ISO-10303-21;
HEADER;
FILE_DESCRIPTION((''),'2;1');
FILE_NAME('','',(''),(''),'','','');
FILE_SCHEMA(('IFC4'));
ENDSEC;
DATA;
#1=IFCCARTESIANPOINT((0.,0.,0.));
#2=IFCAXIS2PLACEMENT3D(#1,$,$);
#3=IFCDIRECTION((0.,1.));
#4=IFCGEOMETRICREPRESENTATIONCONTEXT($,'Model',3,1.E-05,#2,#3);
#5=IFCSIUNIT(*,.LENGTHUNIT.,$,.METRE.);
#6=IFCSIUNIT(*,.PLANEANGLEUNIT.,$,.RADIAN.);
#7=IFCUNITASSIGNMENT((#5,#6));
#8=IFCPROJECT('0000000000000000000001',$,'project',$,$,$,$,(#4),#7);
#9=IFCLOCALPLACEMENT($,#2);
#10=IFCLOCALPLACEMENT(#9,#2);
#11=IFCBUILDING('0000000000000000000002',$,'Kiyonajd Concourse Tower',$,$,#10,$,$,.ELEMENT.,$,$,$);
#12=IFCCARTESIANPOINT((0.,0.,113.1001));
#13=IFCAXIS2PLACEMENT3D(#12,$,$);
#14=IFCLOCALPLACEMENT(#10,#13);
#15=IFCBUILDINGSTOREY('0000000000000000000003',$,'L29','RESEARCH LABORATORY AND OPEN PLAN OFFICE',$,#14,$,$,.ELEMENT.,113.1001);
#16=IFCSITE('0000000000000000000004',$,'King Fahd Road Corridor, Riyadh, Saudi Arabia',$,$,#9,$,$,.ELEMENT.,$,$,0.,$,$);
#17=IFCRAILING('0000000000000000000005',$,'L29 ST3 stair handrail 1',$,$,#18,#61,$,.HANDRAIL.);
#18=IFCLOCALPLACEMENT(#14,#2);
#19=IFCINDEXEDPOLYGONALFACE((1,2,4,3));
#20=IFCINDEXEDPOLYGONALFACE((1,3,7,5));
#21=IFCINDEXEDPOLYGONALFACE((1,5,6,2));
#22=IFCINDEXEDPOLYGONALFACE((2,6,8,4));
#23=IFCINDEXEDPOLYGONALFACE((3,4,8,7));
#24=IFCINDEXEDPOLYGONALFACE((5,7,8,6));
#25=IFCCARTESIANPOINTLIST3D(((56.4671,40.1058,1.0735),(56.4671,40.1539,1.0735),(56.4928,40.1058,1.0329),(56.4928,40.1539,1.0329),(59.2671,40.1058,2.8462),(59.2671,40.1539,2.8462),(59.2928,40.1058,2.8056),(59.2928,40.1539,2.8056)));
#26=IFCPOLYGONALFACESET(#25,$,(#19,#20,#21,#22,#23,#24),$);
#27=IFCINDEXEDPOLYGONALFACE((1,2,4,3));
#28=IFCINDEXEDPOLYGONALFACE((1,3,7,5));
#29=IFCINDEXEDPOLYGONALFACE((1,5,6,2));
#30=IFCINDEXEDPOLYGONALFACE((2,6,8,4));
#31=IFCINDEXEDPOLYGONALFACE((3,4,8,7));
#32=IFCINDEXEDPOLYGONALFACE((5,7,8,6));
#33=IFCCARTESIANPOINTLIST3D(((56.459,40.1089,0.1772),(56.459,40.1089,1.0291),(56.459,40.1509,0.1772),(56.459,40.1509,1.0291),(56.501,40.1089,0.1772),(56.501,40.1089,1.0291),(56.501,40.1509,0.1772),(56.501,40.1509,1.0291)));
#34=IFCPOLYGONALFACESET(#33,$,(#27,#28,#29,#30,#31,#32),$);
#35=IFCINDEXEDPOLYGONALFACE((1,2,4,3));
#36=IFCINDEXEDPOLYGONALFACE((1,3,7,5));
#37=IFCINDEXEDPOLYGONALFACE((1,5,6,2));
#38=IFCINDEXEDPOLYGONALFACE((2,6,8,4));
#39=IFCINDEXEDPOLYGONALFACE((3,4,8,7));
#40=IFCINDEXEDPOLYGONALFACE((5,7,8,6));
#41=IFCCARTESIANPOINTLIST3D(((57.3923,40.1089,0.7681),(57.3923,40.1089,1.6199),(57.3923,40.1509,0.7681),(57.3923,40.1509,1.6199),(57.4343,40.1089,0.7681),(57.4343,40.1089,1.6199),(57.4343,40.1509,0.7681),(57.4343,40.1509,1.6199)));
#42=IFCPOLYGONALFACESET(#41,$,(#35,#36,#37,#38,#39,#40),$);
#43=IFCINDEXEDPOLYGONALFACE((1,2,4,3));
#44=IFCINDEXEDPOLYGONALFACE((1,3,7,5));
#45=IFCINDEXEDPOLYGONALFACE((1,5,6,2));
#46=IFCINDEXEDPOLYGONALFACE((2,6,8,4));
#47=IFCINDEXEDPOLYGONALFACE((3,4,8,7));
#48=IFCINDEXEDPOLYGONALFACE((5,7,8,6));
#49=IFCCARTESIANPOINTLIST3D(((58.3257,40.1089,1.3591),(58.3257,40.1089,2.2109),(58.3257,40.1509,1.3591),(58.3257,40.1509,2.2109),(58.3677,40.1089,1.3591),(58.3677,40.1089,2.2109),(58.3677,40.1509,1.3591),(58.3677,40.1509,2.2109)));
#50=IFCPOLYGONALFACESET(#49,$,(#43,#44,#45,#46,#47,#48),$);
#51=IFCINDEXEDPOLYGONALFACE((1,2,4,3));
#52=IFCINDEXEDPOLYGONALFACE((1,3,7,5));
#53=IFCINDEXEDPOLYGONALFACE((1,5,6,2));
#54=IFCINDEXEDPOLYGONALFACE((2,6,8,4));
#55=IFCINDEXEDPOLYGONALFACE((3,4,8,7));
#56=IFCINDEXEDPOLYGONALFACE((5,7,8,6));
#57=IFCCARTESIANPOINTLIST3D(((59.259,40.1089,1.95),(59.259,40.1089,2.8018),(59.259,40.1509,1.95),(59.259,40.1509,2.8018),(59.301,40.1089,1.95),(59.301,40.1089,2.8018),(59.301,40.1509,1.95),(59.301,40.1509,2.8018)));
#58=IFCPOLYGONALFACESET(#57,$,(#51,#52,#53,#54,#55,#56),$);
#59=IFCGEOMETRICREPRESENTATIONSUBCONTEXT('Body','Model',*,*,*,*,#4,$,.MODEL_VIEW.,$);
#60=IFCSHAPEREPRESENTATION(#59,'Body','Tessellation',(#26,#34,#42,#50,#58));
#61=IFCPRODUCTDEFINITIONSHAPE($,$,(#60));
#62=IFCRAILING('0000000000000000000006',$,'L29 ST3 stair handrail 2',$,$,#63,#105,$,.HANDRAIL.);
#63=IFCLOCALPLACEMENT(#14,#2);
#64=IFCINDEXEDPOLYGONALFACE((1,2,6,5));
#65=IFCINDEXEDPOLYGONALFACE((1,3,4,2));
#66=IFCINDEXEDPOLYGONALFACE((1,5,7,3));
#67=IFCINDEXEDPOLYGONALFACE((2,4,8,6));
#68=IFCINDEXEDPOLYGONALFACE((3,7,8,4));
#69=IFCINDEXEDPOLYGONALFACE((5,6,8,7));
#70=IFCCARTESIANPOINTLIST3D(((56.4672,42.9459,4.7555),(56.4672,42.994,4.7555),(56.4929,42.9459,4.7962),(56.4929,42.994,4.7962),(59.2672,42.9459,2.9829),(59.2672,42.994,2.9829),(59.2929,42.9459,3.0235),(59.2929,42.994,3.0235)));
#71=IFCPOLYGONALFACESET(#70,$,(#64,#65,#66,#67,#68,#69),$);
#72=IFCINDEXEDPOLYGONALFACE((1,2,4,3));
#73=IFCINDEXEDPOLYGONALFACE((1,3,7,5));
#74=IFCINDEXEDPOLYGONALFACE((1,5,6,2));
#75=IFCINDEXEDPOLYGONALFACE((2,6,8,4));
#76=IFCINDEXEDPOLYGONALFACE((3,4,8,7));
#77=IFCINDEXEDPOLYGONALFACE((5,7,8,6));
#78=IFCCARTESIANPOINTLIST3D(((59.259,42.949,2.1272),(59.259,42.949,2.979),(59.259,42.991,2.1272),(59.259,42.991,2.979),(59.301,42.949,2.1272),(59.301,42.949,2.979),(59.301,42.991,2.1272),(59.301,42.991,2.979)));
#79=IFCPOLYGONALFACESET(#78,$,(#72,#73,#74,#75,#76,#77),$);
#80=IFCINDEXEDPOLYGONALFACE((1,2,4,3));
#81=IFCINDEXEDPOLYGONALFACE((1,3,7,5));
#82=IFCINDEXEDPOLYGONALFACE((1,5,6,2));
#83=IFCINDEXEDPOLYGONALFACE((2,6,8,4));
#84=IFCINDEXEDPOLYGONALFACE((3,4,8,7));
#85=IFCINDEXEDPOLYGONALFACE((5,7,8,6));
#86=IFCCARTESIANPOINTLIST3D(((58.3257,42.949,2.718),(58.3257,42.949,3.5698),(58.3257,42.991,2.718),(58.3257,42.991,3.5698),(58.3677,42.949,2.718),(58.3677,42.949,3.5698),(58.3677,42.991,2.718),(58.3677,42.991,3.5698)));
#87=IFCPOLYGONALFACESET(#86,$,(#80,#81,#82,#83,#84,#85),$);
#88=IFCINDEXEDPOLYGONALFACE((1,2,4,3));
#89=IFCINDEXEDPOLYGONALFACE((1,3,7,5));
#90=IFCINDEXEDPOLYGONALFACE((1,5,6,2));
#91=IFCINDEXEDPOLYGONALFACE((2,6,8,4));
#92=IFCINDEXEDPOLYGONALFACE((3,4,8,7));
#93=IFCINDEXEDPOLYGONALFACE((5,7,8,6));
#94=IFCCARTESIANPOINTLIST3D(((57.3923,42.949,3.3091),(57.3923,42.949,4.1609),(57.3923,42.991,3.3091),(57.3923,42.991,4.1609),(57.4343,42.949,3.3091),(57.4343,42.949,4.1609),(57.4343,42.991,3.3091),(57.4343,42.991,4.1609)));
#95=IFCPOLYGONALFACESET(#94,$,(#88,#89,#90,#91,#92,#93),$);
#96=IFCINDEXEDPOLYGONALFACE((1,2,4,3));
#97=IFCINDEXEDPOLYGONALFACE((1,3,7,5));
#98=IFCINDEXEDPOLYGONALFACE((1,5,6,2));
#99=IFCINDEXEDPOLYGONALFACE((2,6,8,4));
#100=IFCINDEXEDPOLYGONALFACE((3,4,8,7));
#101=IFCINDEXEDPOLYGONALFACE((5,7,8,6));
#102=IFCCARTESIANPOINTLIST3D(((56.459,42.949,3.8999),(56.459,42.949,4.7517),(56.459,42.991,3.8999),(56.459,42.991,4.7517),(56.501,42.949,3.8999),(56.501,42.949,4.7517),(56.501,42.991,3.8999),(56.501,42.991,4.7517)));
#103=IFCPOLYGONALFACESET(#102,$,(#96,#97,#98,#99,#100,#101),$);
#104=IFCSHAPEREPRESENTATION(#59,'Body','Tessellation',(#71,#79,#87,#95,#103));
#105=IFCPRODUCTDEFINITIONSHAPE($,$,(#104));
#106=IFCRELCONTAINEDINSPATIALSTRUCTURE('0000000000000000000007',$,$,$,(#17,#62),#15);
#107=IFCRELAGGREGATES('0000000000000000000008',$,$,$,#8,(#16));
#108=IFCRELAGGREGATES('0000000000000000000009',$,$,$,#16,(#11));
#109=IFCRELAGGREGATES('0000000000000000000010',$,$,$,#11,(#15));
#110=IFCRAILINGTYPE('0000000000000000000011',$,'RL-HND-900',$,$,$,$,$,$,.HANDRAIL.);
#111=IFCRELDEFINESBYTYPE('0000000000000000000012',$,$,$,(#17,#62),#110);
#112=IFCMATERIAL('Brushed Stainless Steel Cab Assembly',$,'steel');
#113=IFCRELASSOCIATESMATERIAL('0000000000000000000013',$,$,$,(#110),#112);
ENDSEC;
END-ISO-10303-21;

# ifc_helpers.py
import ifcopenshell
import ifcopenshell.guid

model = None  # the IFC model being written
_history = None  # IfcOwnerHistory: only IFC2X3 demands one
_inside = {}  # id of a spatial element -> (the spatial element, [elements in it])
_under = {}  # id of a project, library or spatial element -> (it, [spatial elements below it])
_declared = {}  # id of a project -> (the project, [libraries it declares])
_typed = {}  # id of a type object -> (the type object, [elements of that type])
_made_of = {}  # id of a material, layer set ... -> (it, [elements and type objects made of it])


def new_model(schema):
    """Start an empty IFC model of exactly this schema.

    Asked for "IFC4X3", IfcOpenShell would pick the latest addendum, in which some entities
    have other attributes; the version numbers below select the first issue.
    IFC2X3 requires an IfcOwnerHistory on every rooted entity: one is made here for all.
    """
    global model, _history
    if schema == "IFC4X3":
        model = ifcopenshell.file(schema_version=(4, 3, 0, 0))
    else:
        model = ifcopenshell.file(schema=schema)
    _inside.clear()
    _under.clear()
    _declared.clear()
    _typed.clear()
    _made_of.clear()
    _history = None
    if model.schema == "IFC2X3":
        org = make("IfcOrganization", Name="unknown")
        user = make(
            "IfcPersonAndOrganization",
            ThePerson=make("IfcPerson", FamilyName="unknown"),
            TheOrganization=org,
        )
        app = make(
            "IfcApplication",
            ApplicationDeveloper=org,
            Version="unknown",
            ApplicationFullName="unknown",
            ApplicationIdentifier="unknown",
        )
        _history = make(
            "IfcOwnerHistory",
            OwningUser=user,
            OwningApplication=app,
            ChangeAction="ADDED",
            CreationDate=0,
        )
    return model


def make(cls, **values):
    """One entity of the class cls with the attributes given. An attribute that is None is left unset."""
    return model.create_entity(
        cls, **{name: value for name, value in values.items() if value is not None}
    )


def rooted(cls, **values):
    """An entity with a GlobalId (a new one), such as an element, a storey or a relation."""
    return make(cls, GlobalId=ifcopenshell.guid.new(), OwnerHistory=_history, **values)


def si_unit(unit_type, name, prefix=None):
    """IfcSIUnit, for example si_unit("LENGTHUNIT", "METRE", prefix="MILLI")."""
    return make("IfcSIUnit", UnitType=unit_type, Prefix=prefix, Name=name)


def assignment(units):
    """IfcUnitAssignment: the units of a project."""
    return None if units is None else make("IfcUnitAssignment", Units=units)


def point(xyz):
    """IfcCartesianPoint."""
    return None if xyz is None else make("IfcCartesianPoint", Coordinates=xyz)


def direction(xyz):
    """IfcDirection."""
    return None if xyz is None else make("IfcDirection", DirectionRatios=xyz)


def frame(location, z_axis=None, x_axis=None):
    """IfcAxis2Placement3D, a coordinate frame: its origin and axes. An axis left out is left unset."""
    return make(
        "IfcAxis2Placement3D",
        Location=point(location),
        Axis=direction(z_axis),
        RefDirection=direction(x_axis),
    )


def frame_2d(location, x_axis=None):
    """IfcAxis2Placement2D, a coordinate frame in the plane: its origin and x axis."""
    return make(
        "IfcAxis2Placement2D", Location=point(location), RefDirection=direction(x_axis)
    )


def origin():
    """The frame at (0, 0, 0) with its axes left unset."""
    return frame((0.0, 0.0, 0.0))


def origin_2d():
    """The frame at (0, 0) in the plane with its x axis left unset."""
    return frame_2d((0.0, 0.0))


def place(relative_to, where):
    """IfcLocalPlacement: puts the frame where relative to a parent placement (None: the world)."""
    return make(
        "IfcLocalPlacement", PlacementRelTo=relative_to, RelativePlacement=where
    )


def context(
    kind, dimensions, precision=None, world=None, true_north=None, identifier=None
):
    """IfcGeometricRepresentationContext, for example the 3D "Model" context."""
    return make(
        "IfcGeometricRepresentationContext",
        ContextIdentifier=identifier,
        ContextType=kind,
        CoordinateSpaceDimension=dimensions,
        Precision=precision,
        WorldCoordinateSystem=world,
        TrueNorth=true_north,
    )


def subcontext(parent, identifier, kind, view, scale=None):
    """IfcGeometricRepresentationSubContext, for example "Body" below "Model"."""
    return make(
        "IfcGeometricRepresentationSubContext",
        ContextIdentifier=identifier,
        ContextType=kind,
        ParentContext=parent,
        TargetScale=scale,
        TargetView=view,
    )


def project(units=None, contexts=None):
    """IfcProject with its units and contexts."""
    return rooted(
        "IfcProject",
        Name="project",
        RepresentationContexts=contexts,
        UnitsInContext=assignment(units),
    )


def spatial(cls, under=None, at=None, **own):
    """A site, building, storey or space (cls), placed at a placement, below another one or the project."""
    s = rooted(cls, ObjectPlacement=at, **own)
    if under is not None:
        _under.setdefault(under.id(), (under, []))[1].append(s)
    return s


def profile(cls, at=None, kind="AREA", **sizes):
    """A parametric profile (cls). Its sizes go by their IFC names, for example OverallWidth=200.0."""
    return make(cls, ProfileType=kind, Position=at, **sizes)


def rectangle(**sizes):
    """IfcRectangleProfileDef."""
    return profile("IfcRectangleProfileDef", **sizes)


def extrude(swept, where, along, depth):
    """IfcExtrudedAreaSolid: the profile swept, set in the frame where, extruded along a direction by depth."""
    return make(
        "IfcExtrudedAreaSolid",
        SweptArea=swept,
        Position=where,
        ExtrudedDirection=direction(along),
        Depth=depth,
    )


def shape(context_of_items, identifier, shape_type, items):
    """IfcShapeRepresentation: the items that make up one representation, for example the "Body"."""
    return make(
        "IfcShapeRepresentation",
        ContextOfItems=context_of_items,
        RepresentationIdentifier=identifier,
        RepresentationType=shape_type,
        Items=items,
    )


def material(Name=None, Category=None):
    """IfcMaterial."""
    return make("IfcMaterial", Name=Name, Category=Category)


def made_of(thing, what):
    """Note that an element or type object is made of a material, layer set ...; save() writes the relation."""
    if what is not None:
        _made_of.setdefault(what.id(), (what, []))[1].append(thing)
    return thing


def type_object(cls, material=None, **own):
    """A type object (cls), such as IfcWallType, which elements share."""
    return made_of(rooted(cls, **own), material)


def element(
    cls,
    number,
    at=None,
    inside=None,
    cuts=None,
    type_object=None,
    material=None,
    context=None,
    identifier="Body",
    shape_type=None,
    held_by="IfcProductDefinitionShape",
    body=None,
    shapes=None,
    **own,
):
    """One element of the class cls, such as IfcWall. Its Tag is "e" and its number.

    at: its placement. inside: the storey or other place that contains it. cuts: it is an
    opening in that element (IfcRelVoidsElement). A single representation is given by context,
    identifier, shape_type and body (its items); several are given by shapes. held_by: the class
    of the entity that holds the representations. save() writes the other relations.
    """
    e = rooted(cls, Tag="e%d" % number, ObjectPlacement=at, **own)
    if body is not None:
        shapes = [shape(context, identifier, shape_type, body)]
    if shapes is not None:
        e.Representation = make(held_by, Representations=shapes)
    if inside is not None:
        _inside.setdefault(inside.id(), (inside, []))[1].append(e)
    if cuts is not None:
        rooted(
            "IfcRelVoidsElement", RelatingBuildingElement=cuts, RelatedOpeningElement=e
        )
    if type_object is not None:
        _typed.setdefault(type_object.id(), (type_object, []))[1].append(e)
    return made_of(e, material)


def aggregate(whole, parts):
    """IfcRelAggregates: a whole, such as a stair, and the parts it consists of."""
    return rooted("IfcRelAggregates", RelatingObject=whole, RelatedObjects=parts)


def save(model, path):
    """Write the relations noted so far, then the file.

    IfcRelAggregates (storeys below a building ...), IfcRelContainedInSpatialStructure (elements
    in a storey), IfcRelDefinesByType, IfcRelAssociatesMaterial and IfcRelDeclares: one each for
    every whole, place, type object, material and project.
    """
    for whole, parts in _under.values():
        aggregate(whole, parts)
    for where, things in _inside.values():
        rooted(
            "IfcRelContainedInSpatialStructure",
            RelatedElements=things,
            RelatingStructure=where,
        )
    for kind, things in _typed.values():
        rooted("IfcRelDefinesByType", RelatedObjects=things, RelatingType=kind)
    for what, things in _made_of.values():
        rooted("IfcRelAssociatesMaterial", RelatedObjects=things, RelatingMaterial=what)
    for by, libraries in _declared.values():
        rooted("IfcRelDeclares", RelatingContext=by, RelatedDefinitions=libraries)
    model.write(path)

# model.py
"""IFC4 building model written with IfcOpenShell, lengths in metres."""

from ifc_helpers import new_model, si_unit, direction, frame, origin, origin_2d, place, context, subcontext, project, spatial, rectangle, extrude, material, type_object, element, save


model = new_model("IFC4")

# Units and contexts
model_context = context("Model", 3, precision=1e-05, world=origin(), true_north=direction((0.0, 1.0)))
body_context = subcontext(model_context, "Body", "Model", "MODEL_VIEW")
ifc_project = project(units=[si_unit("LENGTHUNIT", "METRE"), si_unit("PLANEANGLEUNIT", "RADIAN")], contexts=[model_context])

# Site, building, storey
site_placement = place(None, origin())
site = spatial("IfcSite", under=ifc_project, at=site_placement, Name="King Fahd Road Corridor, Riyadh, Saudi Arabia", CompositionType="ELEMENT", RefElevation=0.0)
building_placement = place(site_placement, origin())
building = spatial("IfcBuilding", under=site, at=building_placement, Name="Kiyonajd Concourse Tower", CompositionType="ELEMENT")
storey_placement = place(building_placement, frame((0.0, 0.0, 113.1001)))
storey = spatial("IfcBuildingStorey", under=building, at=storey_placement, Name="L29", Description="RESEARCH LABORATORY AND OPEN PLAN OFFICE", CompositionType="ELEMENT", Elevation=113.1001)

# Shared definitions
ifc_material_1 = material(Name="Brushed Stainless Steel Cab Assembly", Category="steel")

# Railings
railing_type_1 = type_object("IfcRailingType", Name="RL-HND-900", PredefinedType="HANDRAIL", material=ifc_material_1)
railing_1_placement = place(storey_placement, frame((56.48, 40.1299, 0.1772)))
element("IfcRailing", 1, at=railing_1_placement, inside=storey, type_object=railing_type_1, Name="L29 ST3 stair handrail 1", PredefinedType="HANDRAIL", context=body_context, shape_type="SweptSolid", body=[
    extrude(rectangle(XDim=0.0481, YDim=0.0481, at=origin_2d()), frame((0.0, 0.0, 0.876), z_axis=(0.844909, 0.0, 0.53491), x_axis=(0.0, 1.0, 0.0)), (0.0, 0.0, 1.0), 3.314),
    extrude(rectangle(XDim=0.042, YDim=0.042, at=origin_2d()), origin(), (0.0, 0.0, 1.0), 0.8518),
    extrude(rectangle(XDim=0.042, YDim=0.042, at=origin_2d()), frame((0.9333, 0.0, 0.5908)), (0.0, 0.0, 1.0), 0.8518),
    extrude(rectangle(XDim=0.042, YDim=0.042, at=origin_2d()), frame((1.8667, 0.0, 1.1819)), (0.0, 0.0, 1.0), 0.8518),
    extrude(rectangle(XDim=0.042, YDim=0.042, at=origin_2d()), frame((2.8, 0.0, 1.7727)), (0.0, 0.0, 1.0), 0.8518),
])
railing_2_placement = place(storey_placement, frame((59.28, 42.97, 2.1272)))
element("IfcRailing", 2, at=railing_2_placement, inside=storey, type_object=railing_type_1, Name="L29 ST3 stair handrail 2", PredefinedType="HANDRAIL", context=body_context, shape_type="SweptSolid", body=[
    extrude(rectangle(XDim=0.0481, YDim=0.0481, at=origin_2d()), frame((0.0, 0.0, 0.876), z_axis=(-0.844909, 0.0, 0.53491), x_axis=(0.0, -1.0, 0.0)), (0.0, 0.0, 1.0), 3.314),
    extrude(rectangle(XDim=0.042, YDim=0.042, at=origin_2d()), origin(), (0.0, 0.0, 1.0), 0.8518),
    extrude(rectangle(XDim=0.042, YDim=0.042, at=origin_2d()), frame((-0.9333, 0.0, 0.5908)), (0.0, 0.0, 1.0), 0.8518),
    extrude(rectangle(XDim=0.042, YDim=0.042, at=origin_2d()), frame((-1.8667, 0.0, 1.1819)), (0.0, 0.0, 1.0), 0.8518),
    extrude(rectangle(XDim=0.042, YDim=0.042, at=origin_2d()), frame((-2.8, 0.0, 1.7727)), (0.0, 0.0, 1.0), 0.8518),
])

save(model, "model.ifc")
